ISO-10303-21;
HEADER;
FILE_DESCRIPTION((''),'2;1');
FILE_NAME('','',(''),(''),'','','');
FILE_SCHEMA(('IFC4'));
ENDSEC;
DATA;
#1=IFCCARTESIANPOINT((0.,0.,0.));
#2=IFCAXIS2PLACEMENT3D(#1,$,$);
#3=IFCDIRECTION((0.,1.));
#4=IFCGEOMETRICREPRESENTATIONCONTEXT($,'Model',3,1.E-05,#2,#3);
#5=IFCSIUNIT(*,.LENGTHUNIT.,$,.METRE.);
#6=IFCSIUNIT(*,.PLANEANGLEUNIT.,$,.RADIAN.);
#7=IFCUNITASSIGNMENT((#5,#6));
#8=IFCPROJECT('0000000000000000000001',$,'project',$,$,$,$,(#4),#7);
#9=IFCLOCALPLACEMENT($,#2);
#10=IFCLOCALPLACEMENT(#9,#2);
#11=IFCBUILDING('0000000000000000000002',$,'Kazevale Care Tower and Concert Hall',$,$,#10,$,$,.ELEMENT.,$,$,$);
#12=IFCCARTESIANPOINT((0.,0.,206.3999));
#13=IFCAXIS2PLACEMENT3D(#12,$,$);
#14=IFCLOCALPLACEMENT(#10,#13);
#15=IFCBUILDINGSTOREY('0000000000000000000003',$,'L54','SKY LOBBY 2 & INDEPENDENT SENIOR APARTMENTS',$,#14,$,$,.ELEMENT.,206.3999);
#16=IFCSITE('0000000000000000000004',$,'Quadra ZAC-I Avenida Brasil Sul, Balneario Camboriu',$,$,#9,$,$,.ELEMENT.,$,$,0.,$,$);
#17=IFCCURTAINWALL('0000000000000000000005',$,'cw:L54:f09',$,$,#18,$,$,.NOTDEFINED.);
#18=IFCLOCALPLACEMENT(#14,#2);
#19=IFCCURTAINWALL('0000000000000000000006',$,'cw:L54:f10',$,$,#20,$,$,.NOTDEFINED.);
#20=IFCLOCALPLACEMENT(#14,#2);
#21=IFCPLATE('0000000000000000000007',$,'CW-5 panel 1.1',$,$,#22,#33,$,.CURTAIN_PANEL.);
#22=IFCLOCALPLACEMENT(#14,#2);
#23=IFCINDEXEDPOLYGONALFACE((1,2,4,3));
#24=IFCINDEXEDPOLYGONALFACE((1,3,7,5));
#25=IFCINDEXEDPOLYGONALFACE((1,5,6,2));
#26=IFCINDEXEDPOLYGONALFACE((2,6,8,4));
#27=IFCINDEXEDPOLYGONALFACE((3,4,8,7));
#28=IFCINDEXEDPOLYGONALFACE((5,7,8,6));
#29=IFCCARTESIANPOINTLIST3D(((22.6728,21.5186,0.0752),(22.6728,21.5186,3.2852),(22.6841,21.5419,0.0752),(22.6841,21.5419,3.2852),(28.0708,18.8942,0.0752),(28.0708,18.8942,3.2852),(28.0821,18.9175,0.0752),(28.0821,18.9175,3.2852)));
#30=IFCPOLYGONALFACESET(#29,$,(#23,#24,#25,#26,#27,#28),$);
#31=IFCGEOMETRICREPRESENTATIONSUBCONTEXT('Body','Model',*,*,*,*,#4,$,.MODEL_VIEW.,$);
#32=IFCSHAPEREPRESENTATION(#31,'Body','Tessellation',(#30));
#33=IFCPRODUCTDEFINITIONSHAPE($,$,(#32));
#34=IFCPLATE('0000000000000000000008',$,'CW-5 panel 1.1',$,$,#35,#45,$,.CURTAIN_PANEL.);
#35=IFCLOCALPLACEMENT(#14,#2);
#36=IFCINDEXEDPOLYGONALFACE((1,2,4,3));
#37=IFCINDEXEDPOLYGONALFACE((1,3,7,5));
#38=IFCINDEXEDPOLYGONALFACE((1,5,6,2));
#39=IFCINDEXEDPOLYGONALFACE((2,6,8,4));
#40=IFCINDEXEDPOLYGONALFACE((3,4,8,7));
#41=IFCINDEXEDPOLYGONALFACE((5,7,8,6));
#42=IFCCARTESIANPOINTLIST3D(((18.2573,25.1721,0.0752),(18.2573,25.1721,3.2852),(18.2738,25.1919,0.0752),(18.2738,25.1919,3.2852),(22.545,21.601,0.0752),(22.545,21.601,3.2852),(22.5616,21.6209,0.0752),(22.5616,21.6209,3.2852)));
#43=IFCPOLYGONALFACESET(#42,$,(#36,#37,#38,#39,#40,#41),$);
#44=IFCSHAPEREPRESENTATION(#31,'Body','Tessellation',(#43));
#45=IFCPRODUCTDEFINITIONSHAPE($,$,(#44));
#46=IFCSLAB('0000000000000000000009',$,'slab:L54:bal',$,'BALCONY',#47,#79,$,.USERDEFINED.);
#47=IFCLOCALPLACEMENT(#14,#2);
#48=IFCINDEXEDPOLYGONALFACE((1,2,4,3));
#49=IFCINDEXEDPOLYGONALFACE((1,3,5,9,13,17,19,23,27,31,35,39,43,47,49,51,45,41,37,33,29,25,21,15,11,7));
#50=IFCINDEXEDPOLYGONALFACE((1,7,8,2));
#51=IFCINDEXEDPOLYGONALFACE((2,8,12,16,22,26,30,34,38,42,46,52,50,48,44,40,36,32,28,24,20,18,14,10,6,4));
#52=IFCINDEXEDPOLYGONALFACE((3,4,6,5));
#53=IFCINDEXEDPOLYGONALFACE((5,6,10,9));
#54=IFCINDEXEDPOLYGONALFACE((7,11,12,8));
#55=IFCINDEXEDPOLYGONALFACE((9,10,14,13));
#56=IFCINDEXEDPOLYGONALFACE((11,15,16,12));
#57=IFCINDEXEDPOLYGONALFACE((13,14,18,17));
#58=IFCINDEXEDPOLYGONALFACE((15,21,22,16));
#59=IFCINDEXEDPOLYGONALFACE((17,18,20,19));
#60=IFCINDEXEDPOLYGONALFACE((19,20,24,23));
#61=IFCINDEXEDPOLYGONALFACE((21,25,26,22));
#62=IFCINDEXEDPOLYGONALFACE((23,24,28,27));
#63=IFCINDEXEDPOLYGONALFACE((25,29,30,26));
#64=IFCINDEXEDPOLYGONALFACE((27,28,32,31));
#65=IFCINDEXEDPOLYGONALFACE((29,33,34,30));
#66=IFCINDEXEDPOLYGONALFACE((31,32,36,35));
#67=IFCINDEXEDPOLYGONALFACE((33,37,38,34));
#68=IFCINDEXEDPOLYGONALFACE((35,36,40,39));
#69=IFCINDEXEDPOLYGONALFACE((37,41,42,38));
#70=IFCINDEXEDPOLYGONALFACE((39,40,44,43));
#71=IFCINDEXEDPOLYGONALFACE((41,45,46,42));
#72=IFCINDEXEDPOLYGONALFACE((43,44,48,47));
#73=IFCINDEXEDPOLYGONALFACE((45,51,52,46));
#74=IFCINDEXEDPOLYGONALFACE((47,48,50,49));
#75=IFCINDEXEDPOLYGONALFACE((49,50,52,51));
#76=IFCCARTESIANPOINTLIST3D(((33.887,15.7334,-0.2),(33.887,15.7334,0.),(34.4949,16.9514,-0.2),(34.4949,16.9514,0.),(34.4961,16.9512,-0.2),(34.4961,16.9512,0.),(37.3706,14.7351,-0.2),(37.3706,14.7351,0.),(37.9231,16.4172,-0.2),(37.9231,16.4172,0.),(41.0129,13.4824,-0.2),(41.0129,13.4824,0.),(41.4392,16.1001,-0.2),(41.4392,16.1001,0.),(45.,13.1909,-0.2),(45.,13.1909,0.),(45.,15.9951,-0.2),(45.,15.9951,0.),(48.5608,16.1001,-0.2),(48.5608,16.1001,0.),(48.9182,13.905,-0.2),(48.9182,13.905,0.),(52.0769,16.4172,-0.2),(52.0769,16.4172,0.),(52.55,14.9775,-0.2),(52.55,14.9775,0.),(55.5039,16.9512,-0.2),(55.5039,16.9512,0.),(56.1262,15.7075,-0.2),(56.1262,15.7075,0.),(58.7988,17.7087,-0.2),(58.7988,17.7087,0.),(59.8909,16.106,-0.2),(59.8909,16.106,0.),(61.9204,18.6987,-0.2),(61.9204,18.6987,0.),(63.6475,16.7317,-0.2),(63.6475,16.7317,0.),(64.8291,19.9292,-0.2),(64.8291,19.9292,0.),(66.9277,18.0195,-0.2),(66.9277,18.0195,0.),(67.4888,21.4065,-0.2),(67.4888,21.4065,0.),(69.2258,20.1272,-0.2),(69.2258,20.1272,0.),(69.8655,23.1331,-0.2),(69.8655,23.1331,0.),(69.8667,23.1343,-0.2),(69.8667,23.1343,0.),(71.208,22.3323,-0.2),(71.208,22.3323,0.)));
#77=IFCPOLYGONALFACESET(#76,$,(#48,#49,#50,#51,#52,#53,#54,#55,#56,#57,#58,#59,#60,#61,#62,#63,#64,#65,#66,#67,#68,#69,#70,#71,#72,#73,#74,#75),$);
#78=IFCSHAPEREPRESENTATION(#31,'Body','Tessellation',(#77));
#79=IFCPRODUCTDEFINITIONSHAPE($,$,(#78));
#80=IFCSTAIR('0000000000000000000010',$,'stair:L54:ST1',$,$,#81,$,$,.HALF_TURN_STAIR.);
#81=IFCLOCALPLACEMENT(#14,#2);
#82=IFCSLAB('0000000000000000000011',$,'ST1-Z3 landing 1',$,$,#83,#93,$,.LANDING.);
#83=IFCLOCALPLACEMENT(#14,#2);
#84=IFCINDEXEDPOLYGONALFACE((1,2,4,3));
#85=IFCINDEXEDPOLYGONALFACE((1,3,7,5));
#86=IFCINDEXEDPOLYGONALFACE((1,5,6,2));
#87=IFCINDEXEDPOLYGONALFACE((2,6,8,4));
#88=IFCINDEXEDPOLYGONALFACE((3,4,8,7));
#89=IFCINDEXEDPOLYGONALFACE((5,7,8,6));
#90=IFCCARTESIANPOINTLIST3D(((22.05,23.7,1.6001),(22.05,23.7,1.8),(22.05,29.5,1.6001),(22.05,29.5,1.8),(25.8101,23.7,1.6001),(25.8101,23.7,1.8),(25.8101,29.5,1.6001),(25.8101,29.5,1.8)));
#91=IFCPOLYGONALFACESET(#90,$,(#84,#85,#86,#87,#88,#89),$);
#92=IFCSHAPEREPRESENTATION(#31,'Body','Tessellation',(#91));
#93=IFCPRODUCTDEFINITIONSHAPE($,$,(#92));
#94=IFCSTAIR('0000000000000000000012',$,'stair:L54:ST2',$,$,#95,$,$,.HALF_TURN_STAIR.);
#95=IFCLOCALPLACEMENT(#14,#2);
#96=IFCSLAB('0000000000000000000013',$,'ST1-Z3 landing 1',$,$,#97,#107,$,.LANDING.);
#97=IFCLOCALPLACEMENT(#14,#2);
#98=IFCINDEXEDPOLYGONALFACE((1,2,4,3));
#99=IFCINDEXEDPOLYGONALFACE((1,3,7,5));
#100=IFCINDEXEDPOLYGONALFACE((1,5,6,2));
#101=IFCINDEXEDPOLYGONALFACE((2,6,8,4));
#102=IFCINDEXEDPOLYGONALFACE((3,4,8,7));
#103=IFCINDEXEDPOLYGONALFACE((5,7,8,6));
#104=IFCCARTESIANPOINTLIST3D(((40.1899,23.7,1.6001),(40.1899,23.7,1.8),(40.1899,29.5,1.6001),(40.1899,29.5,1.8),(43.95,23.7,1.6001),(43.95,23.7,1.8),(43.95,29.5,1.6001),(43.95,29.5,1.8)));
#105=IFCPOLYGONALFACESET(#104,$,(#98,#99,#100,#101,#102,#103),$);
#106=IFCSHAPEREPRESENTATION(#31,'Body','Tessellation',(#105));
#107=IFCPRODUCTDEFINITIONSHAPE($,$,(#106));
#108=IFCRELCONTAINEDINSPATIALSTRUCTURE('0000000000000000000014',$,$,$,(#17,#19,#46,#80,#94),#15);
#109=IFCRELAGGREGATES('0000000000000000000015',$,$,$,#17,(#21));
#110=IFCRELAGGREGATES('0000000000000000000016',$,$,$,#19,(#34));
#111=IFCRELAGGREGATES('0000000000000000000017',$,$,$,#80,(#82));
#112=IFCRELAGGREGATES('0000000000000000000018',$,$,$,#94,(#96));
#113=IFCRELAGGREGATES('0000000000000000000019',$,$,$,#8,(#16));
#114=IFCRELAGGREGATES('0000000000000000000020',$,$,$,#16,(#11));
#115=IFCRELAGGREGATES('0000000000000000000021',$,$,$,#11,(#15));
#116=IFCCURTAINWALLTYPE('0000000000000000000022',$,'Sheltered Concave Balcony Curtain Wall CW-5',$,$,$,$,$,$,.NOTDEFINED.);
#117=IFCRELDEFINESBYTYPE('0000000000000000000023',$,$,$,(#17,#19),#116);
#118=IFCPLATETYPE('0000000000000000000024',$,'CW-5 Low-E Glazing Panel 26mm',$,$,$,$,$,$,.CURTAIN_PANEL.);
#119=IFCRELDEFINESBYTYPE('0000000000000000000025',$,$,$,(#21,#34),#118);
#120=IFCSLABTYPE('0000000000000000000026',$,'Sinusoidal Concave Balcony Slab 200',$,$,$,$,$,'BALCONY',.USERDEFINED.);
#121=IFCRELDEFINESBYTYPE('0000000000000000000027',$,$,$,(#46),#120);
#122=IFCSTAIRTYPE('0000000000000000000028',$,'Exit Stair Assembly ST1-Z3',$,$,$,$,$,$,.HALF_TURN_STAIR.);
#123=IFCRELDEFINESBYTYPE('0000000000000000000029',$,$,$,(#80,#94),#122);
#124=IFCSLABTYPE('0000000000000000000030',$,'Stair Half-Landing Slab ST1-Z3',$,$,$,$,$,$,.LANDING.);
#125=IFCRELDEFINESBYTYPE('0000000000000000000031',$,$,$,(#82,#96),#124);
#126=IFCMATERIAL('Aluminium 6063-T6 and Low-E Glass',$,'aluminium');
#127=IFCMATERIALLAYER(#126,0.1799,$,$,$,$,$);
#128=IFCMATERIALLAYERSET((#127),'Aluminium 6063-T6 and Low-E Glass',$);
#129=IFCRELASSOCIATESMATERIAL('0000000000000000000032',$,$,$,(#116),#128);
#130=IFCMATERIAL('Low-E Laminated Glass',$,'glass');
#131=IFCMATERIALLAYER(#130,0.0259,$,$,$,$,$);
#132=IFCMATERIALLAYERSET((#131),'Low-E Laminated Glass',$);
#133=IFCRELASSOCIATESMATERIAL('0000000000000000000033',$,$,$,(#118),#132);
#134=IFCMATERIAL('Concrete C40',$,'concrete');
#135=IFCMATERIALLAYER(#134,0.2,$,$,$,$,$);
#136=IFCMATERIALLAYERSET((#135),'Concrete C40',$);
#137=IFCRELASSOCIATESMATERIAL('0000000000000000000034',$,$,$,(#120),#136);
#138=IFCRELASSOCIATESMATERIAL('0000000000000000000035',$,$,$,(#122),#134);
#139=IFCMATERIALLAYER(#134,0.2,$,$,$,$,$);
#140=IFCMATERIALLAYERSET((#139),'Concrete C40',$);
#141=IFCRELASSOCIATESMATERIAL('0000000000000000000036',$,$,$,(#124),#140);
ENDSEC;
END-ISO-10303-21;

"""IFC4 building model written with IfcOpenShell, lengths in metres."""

from ifc_helpers import new_model, si_unit, direction, frame, origin, origin_2d, place, context, subcontext, project, spatial, polyline, rectangle, outline, extrude, material, layer, layer_set, type_object, element, aggregate, save


model = new_model("IFC4")

# Units and contexts
model_context = context("Model", 3, precision=1e-05, world=origin(), true_north=direction((0.0, 1.0)))
body_context = subcontext(model_context, "Body", "Model", "MODEL_VIEW")
ifc_project = project(units=[si_unit("LENGTHUNIT", "METRE"), si_unit("PLANEANGLEUNIT", "RADIAN")], contexts=[model_context])

# Site, building, storey
site_placement = place(None, origin())
site = spatial("IfcSite", under=ifc_project, at=site_placement, Name="Quadra ZAC-I Avenida Brasil Sul, Balneario Camboriu", CompositionType="ELEMENT", RefElevation=0.0)
building_placement = place(site_placement, origin())
building = spatial("IfcBuilding", under=site, at=building_placement, Name="Kazevale Care Tower and Concert Hall", CompositionType="ELEMENT")
storey_placement = place(building_placement, frame((0.0, 0.0, 206.3999)))
storey = spatial("IfcBuildingStorey", under=building, at=storey_placement, Name="L54", Description="SKY LOBBY 2 & INDEPENDENT SENIOR APARTMENTS", CompositionType="ELEMENT", Elevation=206.3999)

# Shared definitions
ifc_material_1 = material(Name="Aluminium 6063-T6 and Low-E Glass", Category="aluminium")

# Curtain wall
ifc_layer_1 = layer(ifc_material_1, 0.1799)
ifc_layer_set_1 = layer_set([ifc_layer_1], Name="Aluminium 6063-T6 and Low-E Glass")
curtain_wall_type_1 = type_object("IfcCurtainWallType", Name="Sheltered Concave Balcony Curtain Wall CW-5", PredefinedType="NOTDEFINED", material=ifc_layer_set_1)
curtain_wall_1_placement = place(storey_placement, origin())
curtain_wall_1 = element("IfcCurtainWall", 1, at=curtain_wall_1_placement, inside=storey, type_object=curtain_wall_type_1, Name="cw:L54:f09", PredefinedType="NOTDEFINED")

# Curtain wall
curtain_wall_2_placement = place(storey_placement, origin())
curtain_wall_2 = element("IfcCurtainWall", 2, at=curtain_wall_2_placement, inside=storey, type_object=curtain_wall_type_1, Name="cw:L54:f10", PredefinedType="NOTDEFINED")

# Plates
ifc_material_2 = material(Name="Low-E Laminated Glass", Category="glass")
ifc_layer_2 = layer(ifc_material_2, 0.0259)
ifc_layer_set_2 = layer_set([ifc_layer_2], Name="Low-E Laminated Glass")
plate_type_1 = type_object("IfcPlateType", Name="CW-5 Low-E Glazing Panel 26mm", PredefinedType="CURTAIN_PANEL", material=ifc_layer_set_2)
plate_1_placement = place(storey_placement, frame((25.3774, 20.218, 0.0752), z_axis=(0.0, 0.0, 1.0), x_axis=(-0.899346, 0.437238, 0.0)))
plate_1 = element("IfcPlate", 3, at=plate_1_placement, type_object=plate_type_1, Name="CW-5 panel 1.1", PredefinedType="CURTAIN_PANEL", context=body_context, shape_type="SweptSolid", body=[
    extrude(rectangle(XDim=6.0022, YDim=0.0259, at=origin_2d()), origin(), (0.0, 0.0, 1.0), 3.21),
])
aggregate(curtain_wall_1, [plate_1])
plate_2_placement = place(storey_placement, frame((20.4094, 23.3965, 0.0752), z_axis=(0.0, 0.0, 1.0), x_axis=(-0.768407, 0.639961, 0.0)))
plate_2 = element("IfcPlate", 4, at=plate_2_placement, type_object=plate_type_1, Name="CW-5 panel 1.1", PredefinedType="CURTAIN_PANEL", context=body_context, shape_type="SweptSolid", body=[
    extrude(rectangle(XDim=5.5801, YDim=0.0259, at=origin_2d()), origin(), (0.0, 0.0, 1.0), 3.21),
])
aggregate(curtain_wall_2, [plate_2])

# Slab
ifc_material_3 = material(Name="Concrete C40", Category="concrete")
ifc_layer_3 = layer(ifc_material_3, 0.2)
ifc_layer_set_3 = layer_set([ifc_layer_3], Name="Concrete C40")
slab_type_1 = type_object("IfcSlabType", Name="Sinusoidal Concave Balcony Slab 200", ElementType="BALCONY", PredefinedType="USERDEFINED", material=ifc_layer_set_3)
slab_1_placement = place(storey_placement, frame((0.0, 0.0, -0.2)))
element("IfcSlab", 5, at=slab_1_placement, inside=storey, type_object=slab_type_1, Name="slab:L54:bal", ObjectType="BALCONY", PredefinedType="USERDEFINED", context=body_context, shape_type="SweptSolid", body=[
    extrude(outline(polyline([(71.208, 22.3323), (69.2258, 20.1272), (66.9277, 18.0195), (63.6475, 16.7317), (59.8909, 16.106), (56.1262, 15.7075), (52.55, 14.9775), (48.9182, 13.905), (45.0, 13.1909), (41.0129, 13.4824), (37.3706, 14.7351), (33.887, 15.7334), (34.4949, 16.9514), (34.4961, 16.9512), (37.9231, 16.4172), (41.4392, 16.1001), (45.0, 15.9951), (48.5608, 16.1001), (52.0769, 16.4172), (55.5039, 16.9512), (58.7988, 17.7087), (61.9204, 18.6987), (64.8291, 19.9292), (67.4888, 21.4065), (69.8655, 23.1331), (69.8667, 23.1343), (71.208, 22.3323)])), origin(), (0.0, 0.0, 1.0), 0.2),
])

# Stairs, slabs
stair_type = type_object("IfcStairType", Name="Exit Stair Assembly ST1-Z3", PredefinedType="HALF_TURN_STAIR", material=ifc_material_3)
stair_1_placement = place(storey_placement, origin())
stair_1 = element("IfcStair", 6, at=stair_1_placement, inside=storey, type_object=stair_type, Name="stair:L54:ST1", PredefinedType="HALF_TURN_STAIR")
ifc_layer_4 = layer(ifc_material_3, 0.2)
ifc_layer_set_4 = layer_set([ifc_layer_4], Name="Concrete C40")
slab_type_2 = type_object("IfcSlabType", Name="Stair Half-Landing Slab ST1-Z3", PredefinedType="LANDING", material=ifc_layer_set_4)
slab_2_placement = place(storey_placement, frame((0.0, 0.0, 1.6001)))
slab_2 = element("IfcSlab", 7, at=slab_2_placement, type_object=slab_type_2, Name="ST1-Z3 landing 1", PredefinedType="LANDING", context=body_context, shape_type="SweptSolid", body=[
    extrude(outline(polyline([(22.05, 23.7), (25.8101, 23.7), (25.8101, 29.5), (22.05, 29.5), (22.05, 23.7)])), origin(), (0.0, 0.0, 1.0), 0.2),
])
aggregate(stair_1, [slab_2])
stair_2_placement = place(storey_placement, origin())
stair_2 = element("IfcStair", 8, at=stair_2_placement, inside=storey, type_object=stair_type, Name="stair:L54:ST2", PredefinedType="HALF_TURN_STAIR")
slab_3_placement = place(storey_placement, frame((0.0, 0.0, 1.6001)))
slab_3 = element("IfcSlab", 9, at=slab_3_placement, type_object=slab_type_2, Name="ST1-Z3 landing 1", PredefinedType="LANDING", context=body_context, shape_type="SweptSolid", body=[
    extrude(outline(polyline([(40.1899, 23.7), (43.95, 23.7), (43.95, 29.5), (40.1899, 29.5), (40.1899, 23.7)])), origin(), (0.0, 0.0, 1.0), 0.2),
])
aggregate(stair_2, [slab_3])

save(model, "model.ifc")
